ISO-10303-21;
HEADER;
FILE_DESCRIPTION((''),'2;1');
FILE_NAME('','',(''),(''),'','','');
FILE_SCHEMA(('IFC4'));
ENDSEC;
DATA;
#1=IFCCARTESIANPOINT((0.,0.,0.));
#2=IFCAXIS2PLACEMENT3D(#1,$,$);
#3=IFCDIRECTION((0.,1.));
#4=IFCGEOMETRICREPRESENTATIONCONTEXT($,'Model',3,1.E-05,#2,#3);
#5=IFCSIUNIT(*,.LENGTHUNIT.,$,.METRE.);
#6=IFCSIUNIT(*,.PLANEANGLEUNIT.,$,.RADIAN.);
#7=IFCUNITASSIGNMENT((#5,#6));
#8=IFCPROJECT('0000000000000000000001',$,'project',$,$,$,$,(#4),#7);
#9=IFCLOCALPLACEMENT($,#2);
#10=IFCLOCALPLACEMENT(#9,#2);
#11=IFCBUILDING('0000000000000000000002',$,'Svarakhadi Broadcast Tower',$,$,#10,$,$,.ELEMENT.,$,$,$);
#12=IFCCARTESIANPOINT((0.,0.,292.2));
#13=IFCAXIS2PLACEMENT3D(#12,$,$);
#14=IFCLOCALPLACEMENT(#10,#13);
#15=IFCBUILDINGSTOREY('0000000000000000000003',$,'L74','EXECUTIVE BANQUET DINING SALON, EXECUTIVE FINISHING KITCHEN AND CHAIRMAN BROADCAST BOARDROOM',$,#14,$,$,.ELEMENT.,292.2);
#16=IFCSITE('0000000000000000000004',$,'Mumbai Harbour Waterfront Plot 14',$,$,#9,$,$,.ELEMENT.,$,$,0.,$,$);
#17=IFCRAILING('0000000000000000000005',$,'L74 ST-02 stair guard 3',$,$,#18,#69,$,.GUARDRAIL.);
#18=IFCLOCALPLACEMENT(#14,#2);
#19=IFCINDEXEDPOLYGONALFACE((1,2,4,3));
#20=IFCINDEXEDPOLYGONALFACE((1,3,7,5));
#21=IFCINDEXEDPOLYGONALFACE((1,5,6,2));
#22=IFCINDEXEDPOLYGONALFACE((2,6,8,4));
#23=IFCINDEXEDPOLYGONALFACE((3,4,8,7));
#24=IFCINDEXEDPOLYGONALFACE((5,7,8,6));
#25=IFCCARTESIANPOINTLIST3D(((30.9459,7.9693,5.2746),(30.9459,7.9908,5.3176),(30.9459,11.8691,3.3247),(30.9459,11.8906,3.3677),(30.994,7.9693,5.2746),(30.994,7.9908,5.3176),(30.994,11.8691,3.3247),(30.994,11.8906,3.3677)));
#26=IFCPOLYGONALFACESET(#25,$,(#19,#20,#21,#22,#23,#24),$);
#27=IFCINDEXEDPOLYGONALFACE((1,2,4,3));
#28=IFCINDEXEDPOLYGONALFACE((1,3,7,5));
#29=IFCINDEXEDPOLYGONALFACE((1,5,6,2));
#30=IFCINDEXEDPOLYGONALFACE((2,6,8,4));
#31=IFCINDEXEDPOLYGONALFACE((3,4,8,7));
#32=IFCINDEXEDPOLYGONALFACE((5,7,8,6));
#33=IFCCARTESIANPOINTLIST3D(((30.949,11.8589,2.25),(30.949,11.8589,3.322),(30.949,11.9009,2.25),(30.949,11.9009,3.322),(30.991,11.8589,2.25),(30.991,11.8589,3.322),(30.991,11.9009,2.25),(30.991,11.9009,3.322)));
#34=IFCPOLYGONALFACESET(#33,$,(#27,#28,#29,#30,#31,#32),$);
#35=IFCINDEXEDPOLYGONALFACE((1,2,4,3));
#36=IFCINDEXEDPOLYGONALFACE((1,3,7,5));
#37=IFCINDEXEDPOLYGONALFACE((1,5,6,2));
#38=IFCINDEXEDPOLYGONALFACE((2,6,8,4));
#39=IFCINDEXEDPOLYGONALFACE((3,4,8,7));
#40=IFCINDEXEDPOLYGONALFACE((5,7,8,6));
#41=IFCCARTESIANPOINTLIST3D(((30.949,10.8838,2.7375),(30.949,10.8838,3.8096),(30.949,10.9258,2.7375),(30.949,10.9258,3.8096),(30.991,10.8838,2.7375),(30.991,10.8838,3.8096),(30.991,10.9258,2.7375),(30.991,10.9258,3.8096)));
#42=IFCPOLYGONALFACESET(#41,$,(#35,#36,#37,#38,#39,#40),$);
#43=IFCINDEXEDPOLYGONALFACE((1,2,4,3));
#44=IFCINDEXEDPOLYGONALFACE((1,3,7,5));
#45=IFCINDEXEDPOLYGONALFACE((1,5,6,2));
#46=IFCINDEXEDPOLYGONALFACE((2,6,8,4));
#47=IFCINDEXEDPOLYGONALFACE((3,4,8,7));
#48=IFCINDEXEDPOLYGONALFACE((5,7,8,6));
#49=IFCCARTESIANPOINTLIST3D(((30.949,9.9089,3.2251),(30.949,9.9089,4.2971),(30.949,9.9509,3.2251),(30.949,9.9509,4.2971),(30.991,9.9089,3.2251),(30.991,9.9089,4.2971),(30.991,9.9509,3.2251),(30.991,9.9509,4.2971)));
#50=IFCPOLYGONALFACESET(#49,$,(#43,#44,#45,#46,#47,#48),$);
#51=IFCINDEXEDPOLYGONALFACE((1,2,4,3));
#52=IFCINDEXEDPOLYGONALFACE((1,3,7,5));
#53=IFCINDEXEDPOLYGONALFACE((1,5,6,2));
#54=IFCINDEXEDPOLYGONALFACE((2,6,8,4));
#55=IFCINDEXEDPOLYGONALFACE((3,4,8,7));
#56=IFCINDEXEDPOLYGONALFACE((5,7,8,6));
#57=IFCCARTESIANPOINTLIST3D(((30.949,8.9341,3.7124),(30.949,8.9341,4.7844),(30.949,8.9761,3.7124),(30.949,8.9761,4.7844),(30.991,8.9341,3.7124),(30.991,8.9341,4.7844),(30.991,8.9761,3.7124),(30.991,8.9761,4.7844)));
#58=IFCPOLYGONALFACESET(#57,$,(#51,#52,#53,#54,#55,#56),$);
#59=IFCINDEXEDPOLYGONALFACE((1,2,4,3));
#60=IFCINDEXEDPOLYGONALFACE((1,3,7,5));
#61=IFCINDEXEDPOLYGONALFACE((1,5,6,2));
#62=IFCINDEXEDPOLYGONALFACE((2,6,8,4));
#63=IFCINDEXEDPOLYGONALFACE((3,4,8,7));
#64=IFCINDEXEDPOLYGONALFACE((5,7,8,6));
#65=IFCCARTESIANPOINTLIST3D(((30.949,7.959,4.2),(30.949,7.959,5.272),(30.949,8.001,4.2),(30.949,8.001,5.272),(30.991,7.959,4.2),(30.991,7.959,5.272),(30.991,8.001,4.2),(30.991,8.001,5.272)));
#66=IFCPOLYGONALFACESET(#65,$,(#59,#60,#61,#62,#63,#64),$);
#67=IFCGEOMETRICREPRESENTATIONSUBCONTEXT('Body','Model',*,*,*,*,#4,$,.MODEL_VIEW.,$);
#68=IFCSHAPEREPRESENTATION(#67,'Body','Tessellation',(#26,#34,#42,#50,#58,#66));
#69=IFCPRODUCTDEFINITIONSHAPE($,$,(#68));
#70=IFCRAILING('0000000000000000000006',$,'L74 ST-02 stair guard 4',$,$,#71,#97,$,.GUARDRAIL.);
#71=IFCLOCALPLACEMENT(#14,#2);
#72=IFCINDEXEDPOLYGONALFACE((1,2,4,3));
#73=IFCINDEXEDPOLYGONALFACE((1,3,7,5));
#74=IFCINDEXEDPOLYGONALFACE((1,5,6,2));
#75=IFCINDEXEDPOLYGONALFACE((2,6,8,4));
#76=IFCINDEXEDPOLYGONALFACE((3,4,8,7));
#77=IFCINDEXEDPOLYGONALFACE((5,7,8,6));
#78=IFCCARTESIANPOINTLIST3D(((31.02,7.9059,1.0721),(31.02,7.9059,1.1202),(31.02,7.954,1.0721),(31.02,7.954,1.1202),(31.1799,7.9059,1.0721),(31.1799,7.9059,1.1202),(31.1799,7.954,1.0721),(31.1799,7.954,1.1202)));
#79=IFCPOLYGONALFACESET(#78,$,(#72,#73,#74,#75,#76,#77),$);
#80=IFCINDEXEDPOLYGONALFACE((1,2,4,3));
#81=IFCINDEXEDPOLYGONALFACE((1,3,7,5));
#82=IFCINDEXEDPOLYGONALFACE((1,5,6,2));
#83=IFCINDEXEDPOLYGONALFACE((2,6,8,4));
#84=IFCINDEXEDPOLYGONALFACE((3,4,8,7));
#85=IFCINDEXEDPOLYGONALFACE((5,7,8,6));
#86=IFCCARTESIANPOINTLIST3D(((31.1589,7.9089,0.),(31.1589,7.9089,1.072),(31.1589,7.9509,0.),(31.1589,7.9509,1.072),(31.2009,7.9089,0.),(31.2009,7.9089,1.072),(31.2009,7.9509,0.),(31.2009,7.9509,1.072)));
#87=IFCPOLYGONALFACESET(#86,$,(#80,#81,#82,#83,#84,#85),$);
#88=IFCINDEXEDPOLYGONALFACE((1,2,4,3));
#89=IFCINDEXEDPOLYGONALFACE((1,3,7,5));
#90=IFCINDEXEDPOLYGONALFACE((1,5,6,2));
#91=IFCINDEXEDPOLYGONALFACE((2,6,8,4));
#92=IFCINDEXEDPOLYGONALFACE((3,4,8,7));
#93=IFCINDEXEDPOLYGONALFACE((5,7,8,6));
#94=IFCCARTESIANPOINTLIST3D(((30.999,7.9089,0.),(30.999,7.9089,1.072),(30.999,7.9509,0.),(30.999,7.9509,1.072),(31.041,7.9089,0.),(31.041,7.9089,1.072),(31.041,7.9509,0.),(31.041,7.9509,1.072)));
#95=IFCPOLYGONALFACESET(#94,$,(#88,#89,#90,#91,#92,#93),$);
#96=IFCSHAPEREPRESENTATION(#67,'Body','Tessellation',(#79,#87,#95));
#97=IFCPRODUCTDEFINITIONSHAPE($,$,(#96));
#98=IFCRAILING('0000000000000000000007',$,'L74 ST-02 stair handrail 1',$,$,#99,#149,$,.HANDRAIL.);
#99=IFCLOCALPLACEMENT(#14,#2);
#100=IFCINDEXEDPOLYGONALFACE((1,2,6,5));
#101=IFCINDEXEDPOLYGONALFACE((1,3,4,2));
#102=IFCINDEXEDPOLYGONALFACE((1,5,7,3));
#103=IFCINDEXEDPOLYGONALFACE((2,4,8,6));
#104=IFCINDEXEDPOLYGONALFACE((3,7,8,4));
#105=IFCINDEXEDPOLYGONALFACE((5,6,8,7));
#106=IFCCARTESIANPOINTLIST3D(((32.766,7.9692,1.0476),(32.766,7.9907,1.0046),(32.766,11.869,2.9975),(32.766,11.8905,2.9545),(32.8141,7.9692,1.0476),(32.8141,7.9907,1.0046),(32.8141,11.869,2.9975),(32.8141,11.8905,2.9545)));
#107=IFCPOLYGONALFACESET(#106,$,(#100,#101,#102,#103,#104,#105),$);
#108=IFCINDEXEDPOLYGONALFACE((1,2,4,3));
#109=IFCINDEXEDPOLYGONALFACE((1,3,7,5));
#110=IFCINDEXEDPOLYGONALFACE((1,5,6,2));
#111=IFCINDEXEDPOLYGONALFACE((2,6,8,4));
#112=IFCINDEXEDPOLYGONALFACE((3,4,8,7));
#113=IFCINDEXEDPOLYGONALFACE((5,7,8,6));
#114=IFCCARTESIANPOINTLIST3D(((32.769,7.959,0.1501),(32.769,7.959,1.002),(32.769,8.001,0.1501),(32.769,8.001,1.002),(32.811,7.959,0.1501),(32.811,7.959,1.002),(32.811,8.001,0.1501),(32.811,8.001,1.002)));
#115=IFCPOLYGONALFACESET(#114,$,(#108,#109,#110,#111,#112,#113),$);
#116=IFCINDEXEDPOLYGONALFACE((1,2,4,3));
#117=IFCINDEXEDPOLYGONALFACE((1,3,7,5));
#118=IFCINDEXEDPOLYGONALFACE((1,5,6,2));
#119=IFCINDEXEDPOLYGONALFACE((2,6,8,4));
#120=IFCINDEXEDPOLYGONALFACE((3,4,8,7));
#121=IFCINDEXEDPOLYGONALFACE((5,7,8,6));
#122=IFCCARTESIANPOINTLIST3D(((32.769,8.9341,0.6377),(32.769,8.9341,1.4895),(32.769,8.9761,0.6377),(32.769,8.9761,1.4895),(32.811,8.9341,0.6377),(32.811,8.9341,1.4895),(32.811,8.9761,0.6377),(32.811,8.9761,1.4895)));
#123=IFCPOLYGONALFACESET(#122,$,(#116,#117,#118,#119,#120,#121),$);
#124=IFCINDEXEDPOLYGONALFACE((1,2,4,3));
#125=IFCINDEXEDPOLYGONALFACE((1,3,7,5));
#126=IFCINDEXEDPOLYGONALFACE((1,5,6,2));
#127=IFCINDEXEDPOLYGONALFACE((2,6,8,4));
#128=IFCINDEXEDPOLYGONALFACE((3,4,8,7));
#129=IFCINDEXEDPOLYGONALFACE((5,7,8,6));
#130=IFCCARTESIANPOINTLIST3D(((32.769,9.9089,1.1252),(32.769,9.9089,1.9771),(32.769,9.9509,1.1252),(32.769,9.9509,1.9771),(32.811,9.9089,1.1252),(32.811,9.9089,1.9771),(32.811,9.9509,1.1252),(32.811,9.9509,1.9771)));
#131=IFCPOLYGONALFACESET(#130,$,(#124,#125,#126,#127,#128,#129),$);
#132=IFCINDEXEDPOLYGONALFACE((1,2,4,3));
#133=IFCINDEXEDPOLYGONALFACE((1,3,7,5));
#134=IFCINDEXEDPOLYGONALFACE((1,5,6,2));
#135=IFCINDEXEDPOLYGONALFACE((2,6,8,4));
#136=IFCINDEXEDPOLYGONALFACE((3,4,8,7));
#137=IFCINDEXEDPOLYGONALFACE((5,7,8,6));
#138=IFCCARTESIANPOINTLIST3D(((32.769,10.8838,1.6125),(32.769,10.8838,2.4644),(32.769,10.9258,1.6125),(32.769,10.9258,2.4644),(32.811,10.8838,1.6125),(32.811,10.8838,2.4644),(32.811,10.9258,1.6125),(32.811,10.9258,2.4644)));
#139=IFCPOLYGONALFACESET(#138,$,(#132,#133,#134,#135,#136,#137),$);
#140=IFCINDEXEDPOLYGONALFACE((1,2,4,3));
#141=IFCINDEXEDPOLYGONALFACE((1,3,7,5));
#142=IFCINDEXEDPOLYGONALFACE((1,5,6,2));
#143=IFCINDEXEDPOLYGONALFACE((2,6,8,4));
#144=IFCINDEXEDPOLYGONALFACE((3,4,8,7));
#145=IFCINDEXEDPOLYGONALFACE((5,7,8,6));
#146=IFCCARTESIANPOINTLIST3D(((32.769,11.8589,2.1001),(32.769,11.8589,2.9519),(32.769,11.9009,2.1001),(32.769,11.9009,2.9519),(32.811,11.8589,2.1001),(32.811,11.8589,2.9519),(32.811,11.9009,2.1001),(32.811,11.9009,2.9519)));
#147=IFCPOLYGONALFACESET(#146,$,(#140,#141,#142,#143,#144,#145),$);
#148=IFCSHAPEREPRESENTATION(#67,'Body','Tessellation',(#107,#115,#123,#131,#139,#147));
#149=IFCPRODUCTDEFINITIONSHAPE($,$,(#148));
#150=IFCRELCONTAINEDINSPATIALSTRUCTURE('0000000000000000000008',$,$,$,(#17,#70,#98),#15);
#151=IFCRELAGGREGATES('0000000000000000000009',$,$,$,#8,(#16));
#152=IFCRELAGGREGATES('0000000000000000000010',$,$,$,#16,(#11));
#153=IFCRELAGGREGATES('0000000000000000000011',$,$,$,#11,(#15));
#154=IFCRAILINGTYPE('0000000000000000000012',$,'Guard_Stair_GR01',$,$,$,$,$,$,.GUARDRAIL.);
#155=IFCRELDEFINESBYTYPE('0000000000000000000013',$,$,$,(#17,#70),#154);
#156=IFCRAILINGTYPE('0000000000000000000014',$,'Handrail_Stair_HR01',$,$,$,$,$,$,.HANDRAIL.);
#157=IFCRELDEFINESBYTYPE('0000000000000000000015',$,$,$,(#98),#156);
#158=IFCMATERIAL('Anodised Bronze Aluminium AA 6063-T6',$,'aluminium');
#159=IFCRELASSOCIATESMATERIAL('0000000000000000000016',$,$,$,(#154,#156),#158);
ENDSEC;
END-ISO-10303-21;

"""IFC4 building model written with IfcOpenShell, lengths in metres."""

from ifc_helpers import new_model, si_unit, direction, frame, origin, origin_2d, place, context, subcontext, project, spatial, rectangle, extrude, material, type_object, element, save


model = new_model("IFC4")

# Units and contexts
model_context = context("Model", 3, precision=1e-05, world=origin(), true_north=direction((0.0, 1.0)))
body_context = subcontext(model_context, "Body", "Model", "MODEL_VIEW")
ifc_project = project(units=[si_unit("LENGTHUNIT", "METRE"), si_unit("PLANEANGLEUNIT", "RADIAN")], contexts=[model_context])

# Site, building, storey
site_placement = place(None, origin())
site = spatial("IfcSite", under=ifc_project, at=site_placement, Name="Mumbai Harbour Waterfront Plot 14", CompositionType="ELEMENT", RefElevation=0.0)
building_placement = place(site_placement, origin())
building = spatial("IfcBuilding", under=site, at=building_placement, Name="Svarakhadi Broadcast Tower", CompositionType="ELEMENT")
storey_placement = place(building_placement, frame((0.0, 0.0, 292.2)))
storey = spatial("IfcBuildingStorey", under=building, at=storey_placement, Name="L74", Description="EXECUTIVE BANQUET DINING SALON, EXECUTIVE FINISHING KITCHEN AND CHAIRMAN BROADCAST BOARDROOM", CompositionType="ELEMENT", Elevation=292.2)

# Shared definitions
ifc_material_1 = material(Name="Anodised Bronze Aluminium AA 6063-T6", Category="aluminium")

# Railings
railing_type_1 = type_object("IfcRailingType", Name="Guard_Stair_GR01", PredefinedType="GUARDRAIL", material=ifc_material_1)
railing_1_placement = place(storey_placement, frame((30.97, 11.8799, 2.25)))
element("IfcRailing", 1, at=railing_1_placement, inside=storey, type_object=railing_type_1, Name="L74 ST-02 stair guard 3", PredefinedType="GUARDRAIL", context=body_context, shape_type="SweptSolid", body=[
    extrude(rectangle(XDim=0.0481, YDim=0.0481, at=origin_2d()), frame((0.0, 0.0, 1.0962), z_axis=(0.0, -0.894427, 0.447214), x_axis=(1.0, 0.0, 0.0)), (0.0, 0.0, 1.0), 4.3601),
    extrude(rectangle(XDim=0.042, YDim=0.042, at=origin_2d()), origin(), (0.0, 0.0, 1.0), 1.072),
    extrude(rectangle(XDim=0.042, YDim=0.042, at=origin_2d()), frame((0.0, -0.9751, 0.4875)), (0.0, 0.0, 1.0), 1.072),
    extrude(rectangle(XDim=0.042, YDim=0.042, at=origin_2d()), frame((0.0, -1.95, 0.9751)), (0.0, 0.0, 1.0), 1.072),
    extrude(rectangle(XDim=0.042, YDim=0.042, at=origin_2d()), frame((0.0, -2.9248, 1.4624)), (0.0, 0.0, 1.0), 1.072),
    extrude(rectangle(XDim=0.042, YDim=0.042, at=origin_2d()), frame((0.0, -3.8999, 1.95)), (0.0, 0.0, 1.0), 1.072),
])
railing_2_placement = place(storey_placement, frame((31.1799, 7.9299, 0.0)))
element("IfcRailing", 2, at=railing_2_placement, inside=storey, type_object=railing_type_1, Name="L74 ST-02 stair guard 4", PredefinedType="GUARDRAIL", context=body_context, shape_type="SweptSolid", body=[
    extrude(rectangle(XDim=0.0481, YDim=0.0481, at=origin_2d()), frame((0.0, 0.0, 1.0962), z_axis=(-1.0, 0.0, 0.0), x_axis=(0.0, -1.0, 0.0)), (0.0, 0.0, 1.0), 0.1599),
    extrude(rectangle(XDim=0.042, YDim=0.042, at=origin_2d()), origin(), (0.0, 0.0, 1.0), 1.072),
    extrude(rectangle(XDim=0.042, YDim=0.042, at=origin_2d()), frame((-0.1599, 0.0, 0.0)), (0.0, 0.0, 1.0), 1.072),
])
railing_type_2 = type_object("IfcRailingType", Name="Handrail_Stair_HR01", PredefinedType="HANDRAIL", material=ifc_material_1)
railing_3_placement = place(storey_placement, frame((32.79, 7.98, 0.1501)))
element("IfcRailing", 3, at=railing_3_placement, inside=storey, type_object=railing_type_2, Name="L74 ST-02 stair handrail 1", PredefinedType="HANDRAIL", context=body_context, shape_type="SweptSolid", body=[
    extrude(rectangle(XDim=0.0481, YDim=0.0481, at=origin_2d()), frame((0.0, 0.0, 0.876), z_axis=(0.0, 0.894427, 0.447214), x_axis=(-1.0, 0.0, 0.0)), (0.0, 0.0, 1.0), 4.3601),
    extrude(rectangle(XDim=0.042, YDim=0.042, at=origin_2d()), origin(), (0.0, 0.0, 1.0), 0.8518),
    extrude(rectangle(XDim=0.042, YDim=0.042, at=origin_2d()), frame((0.0, 0.9751, 0.4875)), (0.0, 0.0, 1.0), 0.8518),
    extrude(rectangle(XDim=0.042, YDim=0.042, at=origin_2d()), frame((0.0, 1.95, 0.9751)), (0.0, 0.0, 1.0), 0.8518),
    extrude(rectangle(XDim=0.042, YDim=0.042, at=origin_2d()), frame((0.0, 2.9248, 1.4624)), (0.0, 0.0, 1.0), 0.8518),
    extrude(rectangle(XDim=0.042, YDim=0.042, at=origin_2d()), frame((0.0, 3.8999, 1.95)), (0.0, 0.0, 1.0), 0.8518),
])

save(model, "model.ifc")
